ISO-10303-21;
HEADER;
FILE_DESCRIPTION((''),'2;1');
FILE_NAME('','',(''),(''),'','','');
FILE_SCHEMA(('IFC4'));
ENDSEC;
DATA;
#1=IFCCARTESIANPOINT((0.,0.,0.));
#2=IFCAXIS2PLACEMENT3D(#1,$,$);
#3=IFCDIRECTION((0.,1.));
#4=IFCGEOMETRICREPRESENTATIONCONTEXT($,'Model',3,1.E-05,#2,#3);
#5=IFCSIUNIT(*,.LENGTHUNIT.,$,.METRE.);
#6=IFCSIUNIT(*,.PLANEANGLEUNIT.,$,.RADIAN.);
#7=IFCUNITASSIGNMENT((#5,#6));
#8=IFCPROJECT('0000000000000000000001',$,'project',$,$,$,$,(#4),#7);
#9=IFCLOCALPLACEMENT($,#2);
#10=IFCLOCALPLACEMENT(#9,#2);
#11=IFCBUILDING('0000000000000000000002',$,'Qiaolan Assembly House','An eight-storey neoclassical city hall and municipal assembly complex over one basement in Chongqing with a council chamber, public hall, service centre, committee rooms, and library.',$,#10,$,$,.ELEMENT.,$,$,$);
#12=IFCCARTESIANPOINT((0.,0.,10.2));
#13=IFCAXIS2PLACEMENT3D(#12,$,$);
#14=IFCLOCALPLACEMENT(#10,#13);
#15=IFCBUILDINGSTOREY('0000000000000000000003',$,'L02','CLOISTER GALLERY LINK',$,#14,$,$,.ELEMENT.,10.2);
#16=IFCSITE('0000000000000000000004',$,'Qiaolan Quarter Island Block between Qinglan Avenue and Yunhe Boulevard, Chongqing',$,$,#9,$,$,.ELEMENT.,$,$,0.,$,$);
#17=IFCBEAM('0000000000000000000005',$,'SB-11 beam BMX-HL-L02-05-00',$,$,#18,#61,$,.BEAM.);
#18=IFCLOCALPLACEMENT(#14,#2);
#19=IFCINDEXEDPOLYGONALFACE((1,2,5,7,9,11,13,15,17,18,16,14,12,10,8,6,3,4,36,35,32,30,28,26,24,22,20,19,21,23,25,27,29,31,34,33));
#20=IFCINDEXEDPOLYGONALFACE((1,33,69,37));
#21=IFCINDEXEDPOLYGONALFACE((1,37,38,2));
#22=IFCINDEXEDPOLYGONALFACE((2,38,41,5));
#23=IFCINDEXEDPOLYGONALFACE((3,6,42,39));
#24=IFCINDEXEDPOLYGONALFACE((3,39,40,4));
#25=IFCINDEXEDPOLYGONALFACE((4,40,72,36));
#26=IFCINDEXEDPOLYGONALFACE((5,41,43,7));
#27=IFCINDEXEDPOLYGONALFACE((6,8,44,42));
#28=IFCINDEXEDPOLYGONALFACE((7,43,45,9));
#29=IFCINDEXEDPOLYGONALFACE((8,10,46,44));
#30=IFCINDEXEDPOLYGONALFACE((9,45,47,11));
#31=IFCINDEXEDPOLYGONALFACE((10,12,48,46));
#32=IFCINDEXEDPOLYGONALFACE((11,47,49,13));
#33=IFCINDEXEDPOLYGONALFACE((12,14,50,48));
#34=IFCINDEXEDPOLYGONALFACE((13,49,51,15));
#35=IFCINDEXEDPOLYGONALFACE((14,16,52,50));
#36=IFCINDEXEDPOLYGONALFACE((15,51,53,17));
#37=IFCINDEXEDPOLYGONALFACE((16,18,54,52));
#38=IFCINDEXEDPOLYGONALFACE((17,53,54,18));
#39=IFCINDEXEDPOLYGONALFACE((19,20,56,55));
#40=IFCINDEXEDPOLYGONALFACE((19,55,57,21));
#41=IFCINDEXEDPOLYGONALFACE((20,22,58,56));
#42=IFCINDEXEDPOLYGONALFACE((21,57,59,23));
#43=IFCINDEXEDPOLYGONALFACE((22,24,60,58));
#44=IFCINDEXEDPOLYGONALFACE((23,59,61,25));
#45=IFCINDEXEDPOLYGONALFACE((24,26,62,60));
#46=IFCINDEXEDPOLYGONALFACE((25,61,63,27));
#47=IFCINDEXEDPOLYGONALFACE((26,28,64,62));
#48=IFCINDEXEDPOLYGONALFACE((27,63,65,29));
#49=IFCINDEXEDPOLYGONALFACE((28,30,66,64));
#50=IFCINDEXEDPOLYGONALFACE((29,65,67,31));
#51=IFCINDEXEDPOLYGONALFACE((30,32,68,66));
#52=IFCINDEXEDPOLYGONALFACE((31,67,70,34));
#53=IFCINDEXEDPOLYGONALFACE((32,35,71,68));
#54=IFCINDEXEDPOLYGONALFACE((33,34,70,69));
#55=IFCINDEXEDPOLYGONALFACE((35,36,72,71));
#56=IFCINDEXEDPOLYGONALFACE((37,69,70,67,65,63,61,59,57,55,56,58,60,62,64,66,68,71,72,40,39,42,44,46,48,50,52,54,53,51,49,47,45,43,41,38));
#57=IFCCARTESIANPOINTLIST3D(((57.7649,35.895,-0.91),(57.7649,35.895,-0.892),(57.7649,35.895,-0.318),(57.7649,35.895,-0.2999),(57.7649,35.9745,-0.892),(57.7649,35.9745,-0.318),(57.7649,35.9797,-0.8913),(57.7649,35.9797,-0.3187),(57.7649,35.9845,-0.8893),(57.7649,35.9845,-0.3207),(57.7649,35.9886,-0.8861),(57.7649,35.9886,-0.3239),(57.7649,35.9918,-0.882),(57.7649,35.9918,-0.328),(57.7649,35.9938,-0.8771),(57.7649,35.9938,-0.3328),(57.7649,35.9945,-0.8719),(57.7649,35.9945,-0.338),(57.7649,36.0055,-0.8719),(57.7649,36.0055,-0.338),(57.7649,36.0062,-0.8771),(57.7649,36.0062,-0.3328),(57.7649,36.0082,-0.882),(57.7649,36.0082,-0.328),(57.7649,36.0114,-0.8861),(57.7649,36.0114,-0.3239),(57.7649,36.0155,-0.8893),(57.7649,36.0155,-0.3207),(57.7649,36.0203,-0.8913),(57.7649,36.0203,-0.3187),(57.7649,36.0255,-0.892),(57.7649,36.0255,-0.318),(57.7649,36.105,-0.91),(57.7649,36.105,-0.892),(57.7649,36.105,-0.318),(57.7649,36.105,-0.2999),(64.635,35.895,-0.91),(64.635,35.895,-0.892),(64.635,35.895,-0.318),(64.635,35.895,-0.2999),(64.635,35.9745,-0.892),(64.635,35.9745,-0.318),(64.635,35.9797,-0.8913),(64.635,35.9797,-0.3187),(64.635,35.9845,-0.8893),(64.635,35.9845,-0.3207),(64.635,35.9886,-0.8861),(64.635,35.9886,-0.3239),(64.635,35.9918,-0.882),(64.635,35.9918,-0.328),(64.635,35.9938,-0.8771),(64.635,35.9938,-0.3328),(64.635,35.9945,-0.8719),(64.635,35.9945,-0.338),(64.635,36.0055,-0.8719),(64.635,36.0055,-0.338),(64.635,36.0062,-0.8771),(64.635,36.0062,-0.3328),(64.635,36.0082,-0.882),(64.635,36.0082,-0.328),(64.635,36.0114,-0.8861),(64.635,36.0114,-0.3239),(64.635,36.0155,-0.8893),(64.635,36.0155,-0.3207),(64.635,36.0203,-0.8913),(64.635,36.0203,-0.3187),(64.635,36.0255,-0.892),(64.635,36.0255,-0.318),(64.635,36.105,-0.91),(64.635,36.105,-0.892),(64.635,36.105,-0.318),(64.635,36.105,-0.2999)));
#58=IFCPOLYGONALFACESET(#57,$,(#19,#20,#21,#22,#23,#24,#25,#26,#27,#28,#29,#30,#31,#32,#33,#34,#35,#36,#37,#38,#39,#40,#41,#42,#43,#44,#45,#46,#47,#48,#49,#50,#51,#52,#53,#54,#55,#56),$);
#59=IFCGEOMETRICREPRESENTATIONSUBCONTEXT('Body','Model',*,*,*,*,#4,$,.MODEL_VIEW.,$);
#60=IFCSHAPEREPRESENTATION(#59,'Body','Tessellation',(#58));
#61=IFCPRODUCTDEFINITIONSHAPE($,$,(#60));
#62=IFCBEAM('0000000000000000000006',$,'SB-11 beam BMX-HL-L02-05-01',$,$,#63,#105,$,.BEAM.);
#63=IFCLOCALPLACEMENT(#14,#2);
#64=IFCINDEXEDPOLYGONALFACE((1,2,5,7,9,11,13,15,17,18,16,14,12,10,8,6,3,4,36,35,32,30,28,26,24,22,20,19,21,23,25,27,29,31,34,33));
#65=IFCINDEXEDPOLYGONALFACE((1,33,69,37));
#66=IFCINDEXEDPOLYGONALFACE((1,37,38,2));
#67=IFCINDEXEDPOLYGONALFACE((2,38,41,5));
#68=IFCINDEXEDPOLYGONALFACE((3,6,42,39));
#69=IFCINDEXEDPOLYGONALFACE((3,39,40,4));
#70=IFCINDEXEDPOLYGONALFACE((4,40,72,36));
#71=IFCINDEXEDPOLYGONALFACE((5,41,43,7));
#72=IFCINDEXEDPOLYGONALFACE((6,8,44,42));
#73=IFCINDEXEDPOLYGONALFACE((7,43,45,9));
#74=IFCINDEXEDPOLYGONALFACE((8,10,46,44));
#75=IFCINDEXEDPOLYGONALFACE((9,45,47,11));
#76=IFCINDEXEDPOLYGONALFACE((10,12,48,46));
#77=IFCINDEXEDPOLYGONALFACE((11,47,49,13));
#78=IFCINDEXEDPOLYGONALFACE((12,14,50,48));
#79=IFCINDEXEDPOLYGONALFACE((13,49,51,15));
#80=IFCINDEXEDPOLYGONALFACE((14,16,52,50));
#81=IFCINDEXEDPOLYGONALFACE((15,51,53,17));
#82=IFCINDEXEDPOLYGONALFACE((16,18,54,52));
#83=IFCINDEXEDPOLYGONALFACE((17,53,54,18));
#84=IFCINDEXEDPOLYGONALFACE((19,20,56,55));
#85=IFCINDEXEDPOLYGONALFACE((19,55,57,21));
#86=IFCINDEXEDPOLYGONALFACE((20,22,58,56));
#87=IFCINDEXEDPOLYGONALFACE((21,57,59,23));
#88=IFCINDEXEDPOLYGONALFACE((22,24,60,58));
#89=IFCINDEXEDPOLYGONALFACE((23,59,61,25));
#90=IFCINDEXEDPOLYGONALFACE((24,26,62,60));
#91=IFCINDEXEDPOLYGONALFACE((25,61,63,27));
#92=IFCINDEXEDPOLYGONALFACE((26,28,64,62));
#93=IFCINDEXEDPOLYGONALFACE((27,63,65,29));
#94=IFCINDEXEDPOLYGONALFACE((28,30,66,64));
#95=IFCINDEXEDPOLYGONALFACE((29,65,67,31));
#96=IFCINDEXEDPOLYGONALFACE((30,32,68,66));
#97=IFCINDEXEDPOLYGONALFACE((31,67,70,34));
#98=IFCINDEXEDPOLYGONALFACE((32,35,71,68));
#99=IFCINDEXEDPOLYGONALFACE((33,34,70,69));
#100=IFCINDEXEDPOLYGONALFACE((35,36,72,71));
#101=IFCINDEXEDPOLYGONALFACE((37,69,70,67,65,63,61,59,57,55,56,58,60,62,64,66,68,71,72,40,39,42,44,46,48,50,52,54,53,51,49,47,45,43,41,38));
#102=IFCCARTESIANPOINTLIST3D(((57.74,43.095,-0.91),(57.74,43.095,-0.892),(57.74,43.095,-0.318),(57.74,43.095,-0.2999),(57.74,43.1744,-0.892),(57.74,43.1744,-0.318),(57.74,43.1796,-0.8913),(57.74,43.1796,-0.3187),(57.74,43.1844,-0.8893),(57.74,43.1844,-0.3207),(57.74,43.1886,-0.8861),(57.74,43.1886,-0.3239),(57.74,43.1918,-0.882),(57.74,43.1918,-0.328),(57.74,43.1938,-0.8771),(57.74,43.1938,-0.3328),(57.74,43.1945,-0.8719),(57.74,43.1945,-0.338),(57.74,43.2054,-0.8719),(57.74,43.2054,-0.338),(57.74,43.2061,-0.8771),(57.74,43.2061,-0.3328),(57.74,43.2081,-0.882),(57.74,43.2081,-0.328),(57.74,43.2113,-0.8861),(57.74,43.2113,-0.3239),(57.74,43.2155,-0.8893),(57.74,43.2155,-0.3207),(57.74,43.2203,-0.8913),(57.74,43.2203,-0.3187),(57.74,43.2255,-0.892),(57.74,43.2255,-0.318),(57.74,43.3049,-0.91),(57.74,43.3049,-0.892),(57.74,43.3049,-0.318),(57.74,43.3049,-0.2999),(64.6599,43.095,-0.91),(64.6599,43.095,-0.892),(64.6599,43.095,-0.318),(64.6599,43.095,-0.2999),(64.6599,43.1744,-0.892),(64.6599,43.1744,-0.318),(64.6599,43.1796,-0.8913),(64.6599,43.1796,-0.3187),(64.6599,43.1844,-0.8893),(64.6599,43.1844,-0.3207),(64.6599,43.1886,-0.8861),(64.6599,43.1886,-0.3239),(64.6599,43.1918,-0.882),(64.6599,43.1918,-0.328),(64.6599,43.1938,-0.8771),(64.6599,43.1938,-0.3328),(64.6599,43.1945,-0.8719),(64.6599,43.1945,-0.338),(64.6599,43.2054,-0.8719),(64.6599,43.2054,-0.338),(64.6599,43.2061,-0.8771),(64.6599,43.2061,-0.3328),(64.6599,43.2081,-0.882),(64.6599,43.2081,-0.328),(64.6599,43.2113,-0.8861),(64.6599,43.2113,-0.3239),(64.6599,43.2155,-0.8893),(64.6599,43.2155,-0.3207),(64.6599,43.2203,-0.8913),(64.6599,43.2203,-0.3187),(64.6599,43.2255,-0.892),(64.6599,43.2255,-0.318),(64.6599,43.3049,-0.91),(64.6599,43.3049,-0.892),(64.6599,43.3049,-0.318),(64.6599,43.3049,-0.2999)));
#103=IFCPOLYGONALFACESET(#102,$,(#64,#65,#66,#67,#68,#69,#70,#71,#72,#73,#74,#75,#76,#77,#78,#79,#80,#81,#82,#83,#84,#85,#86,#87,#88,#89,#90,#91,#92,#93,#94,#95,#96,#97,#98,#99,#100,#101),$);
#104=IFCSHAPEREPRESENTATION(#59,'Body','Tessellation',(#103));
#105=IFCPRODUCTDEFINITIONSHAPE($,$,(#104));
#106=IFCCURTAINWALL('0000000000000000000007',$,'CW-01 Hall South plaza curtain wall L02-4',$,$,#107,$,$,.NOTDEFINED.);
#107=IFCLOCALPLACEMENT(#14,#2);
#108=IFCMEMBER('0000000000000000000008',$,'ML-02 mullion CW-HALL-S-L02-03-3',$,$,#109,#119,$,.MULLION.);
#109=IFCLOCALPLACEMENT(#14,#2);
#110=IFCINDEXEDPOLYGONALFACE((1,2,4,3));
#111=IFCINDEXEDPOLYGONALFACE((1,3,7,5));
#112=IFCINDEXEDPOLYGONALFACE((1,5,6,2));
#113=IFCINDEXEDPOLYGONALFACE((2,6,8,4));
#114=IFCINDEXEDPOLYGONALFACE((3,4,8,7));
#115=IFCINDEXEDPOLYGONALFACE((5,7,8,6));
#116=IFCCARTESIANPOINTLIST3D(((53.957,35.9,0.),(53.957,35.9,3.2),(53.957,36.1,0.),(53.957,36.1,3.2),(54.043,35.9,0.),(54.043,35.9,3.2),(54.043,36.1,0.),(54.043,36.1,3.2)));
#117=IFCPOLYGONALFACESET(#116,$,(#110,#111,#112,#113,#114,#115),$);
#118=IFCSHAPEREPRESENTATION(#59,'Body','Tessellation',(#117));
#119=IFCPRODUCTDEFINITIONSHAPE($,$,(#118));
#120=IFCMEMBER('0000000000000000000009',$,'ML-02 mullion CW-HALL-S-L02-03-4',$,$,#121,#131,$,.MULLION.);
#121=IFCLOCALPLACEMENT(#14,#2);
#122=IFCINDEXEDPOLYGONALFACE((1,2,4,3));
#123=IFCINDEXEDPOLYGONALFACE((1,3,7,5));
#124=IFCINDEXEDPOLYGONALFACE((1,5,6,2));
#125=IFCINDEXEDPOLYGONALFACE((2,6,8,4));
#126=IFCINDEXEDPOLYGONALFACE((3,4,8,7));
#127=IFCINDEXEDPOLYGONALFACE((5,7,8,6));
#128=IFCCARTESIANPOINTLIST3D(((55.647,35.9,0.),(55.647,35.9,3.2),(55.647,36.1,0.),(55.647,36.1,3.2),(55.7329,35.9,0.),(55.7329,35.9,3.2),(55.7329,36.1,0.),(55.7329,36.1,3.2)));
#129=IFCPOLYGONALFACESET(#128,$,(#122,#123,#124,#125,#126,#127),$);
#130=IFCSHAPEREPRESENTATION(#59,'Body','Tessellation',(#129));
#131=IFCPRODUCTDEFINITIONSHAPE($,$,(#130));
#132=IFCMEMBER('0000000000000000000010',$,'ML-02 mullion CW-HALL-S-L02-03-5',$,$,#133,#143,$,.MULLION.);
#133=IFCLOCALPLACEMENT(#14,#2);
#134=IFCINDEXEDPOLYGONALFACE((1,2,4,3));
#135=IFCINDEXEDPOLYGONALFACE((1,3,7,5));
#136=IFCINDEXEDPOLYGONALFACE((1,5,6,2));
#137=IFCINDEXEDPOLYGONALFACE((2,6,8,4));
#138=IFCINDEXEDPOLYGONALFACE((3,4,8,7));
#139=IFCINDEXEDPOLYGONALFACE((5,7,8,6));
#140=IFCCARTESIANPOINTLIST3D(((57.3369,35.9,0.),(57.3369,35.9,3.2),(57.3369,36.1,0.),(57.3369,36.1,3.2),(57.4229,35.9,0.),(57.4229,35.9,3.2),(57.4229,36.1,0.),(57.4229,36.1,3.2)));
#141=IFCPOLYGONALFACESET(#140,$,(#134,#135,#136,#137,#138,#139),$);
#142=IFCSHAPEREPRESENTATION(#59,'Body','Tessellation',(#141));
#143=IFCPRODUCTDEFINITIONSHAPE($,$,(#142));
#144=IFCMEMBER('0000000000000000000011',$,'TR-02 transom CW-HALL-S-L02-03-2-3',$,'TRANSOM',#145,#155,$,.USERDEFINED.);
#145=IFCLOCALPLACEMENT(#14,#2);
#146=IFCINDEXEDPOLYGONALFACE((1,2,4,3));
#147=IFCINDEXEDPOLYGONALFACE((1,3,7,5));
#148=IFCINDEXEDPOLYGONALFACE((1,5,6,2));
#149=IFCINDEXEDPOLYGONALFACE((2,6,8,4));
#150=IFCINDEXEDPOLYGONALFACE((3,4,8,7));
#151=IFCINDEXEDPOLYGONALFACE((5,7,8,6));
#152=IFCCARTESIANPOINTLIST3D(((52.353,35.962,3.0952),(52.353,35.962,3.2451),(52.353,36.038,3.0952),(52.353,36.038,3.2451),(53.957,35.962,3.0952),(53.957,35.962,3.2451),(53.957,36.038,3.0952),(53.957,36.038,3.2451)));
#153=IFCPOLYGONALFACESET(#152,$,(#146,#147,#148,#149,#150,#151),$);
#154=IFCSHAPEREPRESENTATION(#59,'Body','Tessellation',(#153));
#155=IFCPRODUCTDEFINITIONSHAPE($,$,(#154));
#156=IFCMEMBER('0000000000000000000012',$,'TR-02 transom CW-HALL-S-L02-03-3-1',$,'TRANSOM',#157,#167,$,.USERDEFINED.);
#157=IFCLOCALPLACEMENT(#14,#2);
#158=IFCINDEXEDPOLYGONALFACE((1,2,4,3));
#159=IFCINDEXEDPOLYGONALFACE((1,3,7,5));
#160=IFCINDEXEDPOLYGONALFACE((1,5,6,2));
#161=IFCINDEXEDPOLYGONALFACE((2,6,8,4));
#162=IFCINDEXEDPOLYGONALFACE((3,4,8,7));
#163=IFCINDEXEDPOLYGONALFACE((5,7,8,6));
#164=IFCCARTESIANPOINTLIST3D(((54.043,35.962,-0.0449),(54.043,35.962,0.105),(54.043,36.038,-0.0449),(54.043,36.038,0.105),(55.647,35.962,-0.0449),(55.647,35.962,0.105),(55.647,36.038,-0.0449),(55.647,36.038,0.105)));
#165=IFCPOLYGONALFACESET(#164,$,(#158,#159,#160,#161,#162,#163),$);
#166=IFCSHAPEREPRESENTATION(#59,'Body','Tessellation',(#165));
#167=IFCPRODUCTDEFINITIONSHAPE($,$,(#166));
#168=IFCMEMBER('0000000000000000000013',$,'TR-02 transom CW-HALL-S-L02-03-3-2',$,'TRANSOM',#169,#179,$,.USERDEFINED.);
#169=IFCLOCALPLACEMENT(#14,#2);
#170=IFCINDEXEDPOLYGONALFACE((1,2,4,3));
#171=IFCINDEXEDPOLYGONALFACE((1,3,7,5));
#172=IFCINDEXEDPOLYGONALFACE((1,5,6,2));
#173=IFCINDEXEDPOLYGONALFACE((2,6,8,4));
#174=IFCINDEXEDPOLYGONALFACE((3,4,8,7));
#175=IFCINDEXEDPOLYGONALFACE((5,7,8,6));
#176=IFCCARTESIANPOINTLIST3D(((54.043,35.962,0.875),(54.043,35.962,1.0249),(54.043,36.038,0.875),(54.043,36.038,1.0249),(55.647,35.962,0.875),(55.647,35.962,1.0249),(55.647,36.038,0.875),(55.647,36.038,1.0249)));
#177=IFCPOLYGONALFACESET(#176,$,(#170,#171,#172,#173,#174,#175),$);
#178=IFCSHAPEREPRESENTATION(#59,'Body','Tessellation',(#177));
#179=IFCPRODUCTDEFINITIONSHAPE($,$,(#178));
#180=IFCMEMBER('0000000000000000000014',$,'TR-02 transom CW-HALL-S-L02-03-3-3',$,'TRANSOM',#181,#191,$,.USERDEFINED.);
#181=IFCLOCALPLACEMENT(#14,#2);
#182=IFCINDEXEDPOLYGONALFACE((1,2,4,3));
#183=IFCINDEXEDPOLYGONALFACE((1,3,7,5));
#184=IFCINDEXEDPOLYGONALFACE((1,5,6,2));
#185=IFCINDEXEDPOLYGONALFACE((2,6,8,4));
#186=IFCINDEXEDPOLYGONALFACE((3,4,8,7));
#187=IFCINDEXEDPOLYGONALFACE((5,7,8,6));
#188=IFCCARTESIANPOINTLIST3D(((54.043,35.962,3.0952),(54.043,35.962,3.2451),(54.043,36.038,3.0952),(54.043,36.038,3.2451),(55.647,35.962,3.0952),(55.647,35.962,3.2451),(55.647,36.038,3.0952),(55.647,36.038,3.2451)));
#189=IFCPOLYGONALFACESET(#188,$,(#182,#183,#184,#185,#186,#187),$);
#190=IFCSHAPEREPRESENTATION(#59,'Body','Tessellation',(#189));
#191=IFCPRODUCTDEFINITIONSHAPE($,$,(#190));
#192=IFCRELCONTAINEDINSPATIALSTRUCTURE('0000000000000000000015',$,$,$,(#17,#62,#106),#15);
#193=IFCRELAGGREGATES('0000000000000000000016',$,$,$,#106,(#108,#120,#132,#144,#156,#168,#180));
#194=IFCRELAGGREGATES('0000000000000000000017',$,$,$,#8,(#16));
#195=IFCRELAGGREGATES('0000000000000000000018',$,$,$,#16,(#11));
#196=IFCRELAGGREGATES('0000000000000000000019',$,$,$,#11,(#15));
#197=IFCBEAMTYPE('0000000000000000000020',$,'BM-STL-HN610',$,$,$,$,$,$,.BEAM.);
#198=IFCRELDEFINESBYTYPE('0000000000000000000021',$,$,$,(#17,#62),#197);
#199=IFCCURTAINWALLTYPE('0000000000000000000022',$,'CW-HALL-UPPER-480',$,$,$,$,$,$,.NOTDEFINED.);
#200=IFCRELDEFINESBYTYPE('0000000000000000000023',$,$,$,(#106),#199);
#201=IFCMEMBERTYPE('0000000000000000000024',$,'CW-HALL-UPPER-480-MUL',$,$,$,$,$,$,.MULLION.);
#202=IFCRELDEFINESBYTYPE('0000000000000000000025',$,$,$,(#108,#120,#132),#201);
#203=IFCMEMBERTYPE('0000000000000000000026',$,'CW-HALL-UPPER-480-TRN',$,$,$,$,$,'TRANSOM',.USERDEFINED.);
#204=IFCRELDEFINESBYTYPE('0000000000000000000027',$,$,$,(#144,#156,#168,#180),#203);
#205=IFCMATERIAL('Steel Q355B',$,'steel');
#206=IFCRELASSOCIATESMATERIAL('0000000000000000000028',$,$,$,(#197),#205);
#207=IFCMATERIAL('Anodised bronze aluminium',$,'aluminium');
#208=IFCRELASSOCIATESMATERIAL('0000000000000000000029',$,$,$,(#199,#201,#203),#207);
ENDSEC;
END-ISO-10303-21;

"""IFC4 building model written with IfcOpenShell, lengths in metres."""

from ifc_helpers import new_model, si_unit, direction, frame, origin, origin_2d, place, context, subcontext, project, spatial, rectangle, i_section, extrude, material, material_profile, profile_set, type_object, element, aggregate, save


model = new_model("IFC4")

# Units and contexts
model_context = context("Model", 3, precision=1e-05, world=origin(), true_north=direction((0.0, 1.0)))
body_context = subcontext(model_context, "Body", "Model", "MODEL_VIEW")
ifc_project = project(units=[si_unit("LENGTHUNIT", "METRE"), si_unit("PLANEANGLEUNIT", "RADIAN")], contexts=[model_context])

# Site, building, storey
site_placement = place(None, origin())
site = spatial("IfcSite", under=ifc_project, at=site_placement, Name="Qiaolan Quarter Island Block between Qinglan Avenue and Yunhe Boulevard, Chongqing", CompositionType="ELEMENT", RefElevation=0.0)
building_placement = place(site_placement, origin())
building = spatial("IfcBuilding", under=site, at=building_placement, Name="Qiaolan Assembly House", Description="An eight-storey neoclassical city hall and municipal assembly complex over one basement in Chongqing with a council chamber, public hall, service centre, committee rooms, and library.", CompositionType="ELEMENT")
storey_placement = place(building_placement, frame((0.0, 0.0, 10.2)))
storey = spatial("IfcBuildingStorey", under=building, at=storey_placement, Name="L02", Description="CLOISTER GALLERY LINK", CompositionType="ELEMENT", Elevation=10.2)

# Shared definitions
ifc_material_1 = material(Name="Steel Q355B", Category="steel")

# Beams
ifc_material_profile_1 = material_profile(ifc_material_1, i_section(OverallWidth=0.21, OverallDepth=0.6101, WebThickness=0.011, FlangeThickness=0.0181, FilletRadius=0.02, at=origin_2d()), Name="HN 610x210x11x18")
ifc_profile_set_1 = profile_set([ifc_material_profile_1], Name="Steel Q355B")
beam_type_1 = type_object("IfcBeamType", Name="BM-STL-HN610", PredefinedType="BEAM", material=ifc_profile_set_1)
beam_1_placement = place(storey_placement, frame((57.7649, 36.0, -0.605), z_axis=(1.0, 0.0, 0.0), x_axis=(0.0, 1.0, 0.0)))
element("IfcBeam", 1, at=beam_1_placement, inside=storey, type_object=beam_type_1, Name="SB-11 beam BMX-HL-L02-05-00", PredefinedType="BEAM", context=body_context, shape_type="SweptSolid", body=[
    extrude(i_section(OverallWidth=0.21, OverallDepth=0.6101, WebThickness=0.011, FlangeThickness=0.0181, FilletRadius=0.02, at=origin_2d()), origin(), (0.0, 0.0, 1.0), 6.8701),
])
beam_2_placement = place(storey_placement, frame((57.74, 43.2, -0.605), z_axis=(1.0, 0.0, 0.0), x_axis=(0.0, 1.0, 0.0)))
element("IfcBeam", 2, at=beam_2_placement, inside=storey, type_object=beam_type_1, Name="SB-11 beam BMX-HL-L02-05-01", PredefinedType="BEAM", context=body_context, shape_type="SweptSolid", body=[
    extrude(i_section(OverallWidth=0.21, OverallDepth=0.6101, WebThickness=0.011, FlangeThickness=0.0181, FilletRadius=0.02, at=origin_2d()), origin(), (0.0, 0.0, 1.0), 6.9199),
])

# Curtain wall, members
ifc_material_2 = material(Name="Anodised bronze aluminium", Category="aluminium")
curtain_wall_type = type_object("IfcCurtainWallType", Name="CW-HALL-UPPER-480", PredefinedType="NOTDEFINED", material=ifc_material_2)
curtain_wall_placement = place(storey_placement, origin())
curtain_wall = element("IfcCurtainWall", 3, at=curtain_wall_placement, inside=storey, type_object=curtain_wall_type, Name="CW-01 Hall South plaza curtain wall L02-4", PredefinedType="NOTDEFINED")
ifc_material_profile_2 = material_profile(ifc_material_2, rectangle(XDim=0.0859, YDim=0.2, at=origin_2d()), Name="MUL 86x200")
ifc_profile_set_2 = profile_set([ifc_material_profile_2], Name="Anodised bronze aluminium")
member_type_1 = type_object("IfcMemberType", Name="CW-HALL-UPPER-480-MUL", PredefinedType="MULLION", material=ifc_profile_set_2)
member_1_placement = place(storey_placement, frame((54.0, 36.0, 0.0), z_axis=(0.0, 0.0, 1.0), x_axis=(1.0, 0.0, 0.0)))
member_1 = element("IfcMember", 4, at=member_1_placement, type_object=member_type_1, Name="ML-02 mullion CW-HALL-S-L02-03-3", PredefinedType="MULLION", context=body_context, shape_type="SweptSolid", body=[
    extrude(rectangle(XDim=0.0859, YDim=0.2, at=origin_2d()), origin(), (0.0, 0.0, 1.0), 3.2),
])
member_2_placement = place(storey_placement, frame((55.6899, 36.0, 0.0), z_axis=(0.0, 0.0, 1.0), x_axis=(1.0, 0.0, 0.0)))
member_2 = element("IfcMember", 5, at=member_2_placement, type_object=member_type_1, Name="ML-02 mullion CW-HALL-S-L02-03-4", PredefinedType="MULLION", context=body_context, shape_type="SweptSolid", body=[
    extrude(rectangle(XDim=0.0859, YDim=0.2, at=origin_2d()), origin(), (0.0, 0.0, 1.0), 3.2),
])
member_3_placement = place(storey_placement, frame((57.3799, 36.0, 0.0), z_axis=(0.0, 0.0, 1.0), x_axis=(1.0, 0.0, 0.0)))
member_3 = element("IfcMember", 6, at=member_3_placement, type_object=member_type_1, Name="ML-02 mullion CW-HALL-S-L02-03-5", PredefinedType="MULLION", context=body_context, shape_type="SweptSolid", body=[
    extrude(rectangle(XDim=0.0859, YDim=0.2, at=origin_2d()), origin(), (0.0, 0.0, 1.0), 3.2),
])
ifc_material_profile_3 = material_profile(ifc_material_2, rectangle(XDim=0.0759, YDim=0.1499, at=origin_2d()), Name="TRN 76x150")
ifc_profile_set_3 = profile_set([ifc_material_profile_3], Name="Anodised bronze aluminium")
member_type_2 = type_object("IfcMemberType", Name="CW-HALL-UPPER-480-TRN", ElementType="TRANSOM", PredefinedType="USERDEFINED", material=ifc_profile_set_3)
member_4_placement = place(storey_placement, frame((52.353, 36.0, 3.1702), z_axis=(1.0, 0.0, 0.0), x_axis=(0.0, 1.0, 0.0)))
member_4 = element("IfcMember", 7, at=member_4_placement, type_object=member_type_2, Name="TR-02 transom CW-HALL-S-L02-03-2-3", ObjectType="TRANSOM", PredefinedType="USERDEFINED", context=body_context, shape_type="SweptSolid", body=[
    extrude(rectangle(XDim=0.0759, YDim=0.1499, at=origin_2d()), origin(), (0.0, 0.0, 1.0), 1.604),
])
member_5_placement = place(storey_placement, frame((54.043, 36.0, 0.03), z_axis=(1.0, 0.0, 0.0), x_axis=(0.0, 1.0, 0.0)))
member_5 = element("IfcMember", 8, at=member_5_placement, type_object=member_type_2, Name="TR-02 transom CW-HALL-S-L02-03-3-1", ObjectType="TRANSOM", PredefinedType="USERDEFINED", context=body_context, shape_type="SweptSolid", body=[
    extrude(rectangle(XDim=0.0759, YDim=0.1499, at=origin_2d()), origin(), (0.0, 0.0, 1.0), 1.604),
])
member_6_placement = place(storey_placement, frame((54.043, 36.0, 0.95), z_axis=(1.0, 0.0, 0.0), x_axis=(0.0, 1.0, 0.0)))
member_6 = element("IfcMember", 9, at=member_6_placement, type_object=member_type_2, Name="TR-02 transom CW-HALL-S-L02-03-3-2", ObjectType="TRANSOM", PredefinedType="USERDEFINED", context=body_context, shape_type="SweptSolid", body=[
    extrude(rectangle(XDim=0.0759, YDim=0.1499, at=origin_2d()), origin(), (0.0, 0.0, 1.0), 1.604),
])
member_7_placement = place(storey_placement, frame((54.043, 36.0, 3.1702), z_axis=(1.0, 0.0, 0.0), x_axis=(0.0, 1.0, 0.0)))
member_7 = element("IfcMember", 10, at=member_7_placement, type_object=member_type_2, Name="TR-02 transom CW-HALL-S-L02-03-3-3", ObjectType="TRANSOM", PredefinedType="USERDEFINED", context=body_context, shape_type="SweptSolid", body=[
    extrude(rectangle(XDim=0.0759, YDim=0.1499, at=origin_2d()), origin(), (0.0, 0.0, 1.0), 1.604),
])

aggregate(curtain_wall, [member_1, member_2, member_3, member_4, member_5, member_6, member_7])

save(model, "model.ifc")
